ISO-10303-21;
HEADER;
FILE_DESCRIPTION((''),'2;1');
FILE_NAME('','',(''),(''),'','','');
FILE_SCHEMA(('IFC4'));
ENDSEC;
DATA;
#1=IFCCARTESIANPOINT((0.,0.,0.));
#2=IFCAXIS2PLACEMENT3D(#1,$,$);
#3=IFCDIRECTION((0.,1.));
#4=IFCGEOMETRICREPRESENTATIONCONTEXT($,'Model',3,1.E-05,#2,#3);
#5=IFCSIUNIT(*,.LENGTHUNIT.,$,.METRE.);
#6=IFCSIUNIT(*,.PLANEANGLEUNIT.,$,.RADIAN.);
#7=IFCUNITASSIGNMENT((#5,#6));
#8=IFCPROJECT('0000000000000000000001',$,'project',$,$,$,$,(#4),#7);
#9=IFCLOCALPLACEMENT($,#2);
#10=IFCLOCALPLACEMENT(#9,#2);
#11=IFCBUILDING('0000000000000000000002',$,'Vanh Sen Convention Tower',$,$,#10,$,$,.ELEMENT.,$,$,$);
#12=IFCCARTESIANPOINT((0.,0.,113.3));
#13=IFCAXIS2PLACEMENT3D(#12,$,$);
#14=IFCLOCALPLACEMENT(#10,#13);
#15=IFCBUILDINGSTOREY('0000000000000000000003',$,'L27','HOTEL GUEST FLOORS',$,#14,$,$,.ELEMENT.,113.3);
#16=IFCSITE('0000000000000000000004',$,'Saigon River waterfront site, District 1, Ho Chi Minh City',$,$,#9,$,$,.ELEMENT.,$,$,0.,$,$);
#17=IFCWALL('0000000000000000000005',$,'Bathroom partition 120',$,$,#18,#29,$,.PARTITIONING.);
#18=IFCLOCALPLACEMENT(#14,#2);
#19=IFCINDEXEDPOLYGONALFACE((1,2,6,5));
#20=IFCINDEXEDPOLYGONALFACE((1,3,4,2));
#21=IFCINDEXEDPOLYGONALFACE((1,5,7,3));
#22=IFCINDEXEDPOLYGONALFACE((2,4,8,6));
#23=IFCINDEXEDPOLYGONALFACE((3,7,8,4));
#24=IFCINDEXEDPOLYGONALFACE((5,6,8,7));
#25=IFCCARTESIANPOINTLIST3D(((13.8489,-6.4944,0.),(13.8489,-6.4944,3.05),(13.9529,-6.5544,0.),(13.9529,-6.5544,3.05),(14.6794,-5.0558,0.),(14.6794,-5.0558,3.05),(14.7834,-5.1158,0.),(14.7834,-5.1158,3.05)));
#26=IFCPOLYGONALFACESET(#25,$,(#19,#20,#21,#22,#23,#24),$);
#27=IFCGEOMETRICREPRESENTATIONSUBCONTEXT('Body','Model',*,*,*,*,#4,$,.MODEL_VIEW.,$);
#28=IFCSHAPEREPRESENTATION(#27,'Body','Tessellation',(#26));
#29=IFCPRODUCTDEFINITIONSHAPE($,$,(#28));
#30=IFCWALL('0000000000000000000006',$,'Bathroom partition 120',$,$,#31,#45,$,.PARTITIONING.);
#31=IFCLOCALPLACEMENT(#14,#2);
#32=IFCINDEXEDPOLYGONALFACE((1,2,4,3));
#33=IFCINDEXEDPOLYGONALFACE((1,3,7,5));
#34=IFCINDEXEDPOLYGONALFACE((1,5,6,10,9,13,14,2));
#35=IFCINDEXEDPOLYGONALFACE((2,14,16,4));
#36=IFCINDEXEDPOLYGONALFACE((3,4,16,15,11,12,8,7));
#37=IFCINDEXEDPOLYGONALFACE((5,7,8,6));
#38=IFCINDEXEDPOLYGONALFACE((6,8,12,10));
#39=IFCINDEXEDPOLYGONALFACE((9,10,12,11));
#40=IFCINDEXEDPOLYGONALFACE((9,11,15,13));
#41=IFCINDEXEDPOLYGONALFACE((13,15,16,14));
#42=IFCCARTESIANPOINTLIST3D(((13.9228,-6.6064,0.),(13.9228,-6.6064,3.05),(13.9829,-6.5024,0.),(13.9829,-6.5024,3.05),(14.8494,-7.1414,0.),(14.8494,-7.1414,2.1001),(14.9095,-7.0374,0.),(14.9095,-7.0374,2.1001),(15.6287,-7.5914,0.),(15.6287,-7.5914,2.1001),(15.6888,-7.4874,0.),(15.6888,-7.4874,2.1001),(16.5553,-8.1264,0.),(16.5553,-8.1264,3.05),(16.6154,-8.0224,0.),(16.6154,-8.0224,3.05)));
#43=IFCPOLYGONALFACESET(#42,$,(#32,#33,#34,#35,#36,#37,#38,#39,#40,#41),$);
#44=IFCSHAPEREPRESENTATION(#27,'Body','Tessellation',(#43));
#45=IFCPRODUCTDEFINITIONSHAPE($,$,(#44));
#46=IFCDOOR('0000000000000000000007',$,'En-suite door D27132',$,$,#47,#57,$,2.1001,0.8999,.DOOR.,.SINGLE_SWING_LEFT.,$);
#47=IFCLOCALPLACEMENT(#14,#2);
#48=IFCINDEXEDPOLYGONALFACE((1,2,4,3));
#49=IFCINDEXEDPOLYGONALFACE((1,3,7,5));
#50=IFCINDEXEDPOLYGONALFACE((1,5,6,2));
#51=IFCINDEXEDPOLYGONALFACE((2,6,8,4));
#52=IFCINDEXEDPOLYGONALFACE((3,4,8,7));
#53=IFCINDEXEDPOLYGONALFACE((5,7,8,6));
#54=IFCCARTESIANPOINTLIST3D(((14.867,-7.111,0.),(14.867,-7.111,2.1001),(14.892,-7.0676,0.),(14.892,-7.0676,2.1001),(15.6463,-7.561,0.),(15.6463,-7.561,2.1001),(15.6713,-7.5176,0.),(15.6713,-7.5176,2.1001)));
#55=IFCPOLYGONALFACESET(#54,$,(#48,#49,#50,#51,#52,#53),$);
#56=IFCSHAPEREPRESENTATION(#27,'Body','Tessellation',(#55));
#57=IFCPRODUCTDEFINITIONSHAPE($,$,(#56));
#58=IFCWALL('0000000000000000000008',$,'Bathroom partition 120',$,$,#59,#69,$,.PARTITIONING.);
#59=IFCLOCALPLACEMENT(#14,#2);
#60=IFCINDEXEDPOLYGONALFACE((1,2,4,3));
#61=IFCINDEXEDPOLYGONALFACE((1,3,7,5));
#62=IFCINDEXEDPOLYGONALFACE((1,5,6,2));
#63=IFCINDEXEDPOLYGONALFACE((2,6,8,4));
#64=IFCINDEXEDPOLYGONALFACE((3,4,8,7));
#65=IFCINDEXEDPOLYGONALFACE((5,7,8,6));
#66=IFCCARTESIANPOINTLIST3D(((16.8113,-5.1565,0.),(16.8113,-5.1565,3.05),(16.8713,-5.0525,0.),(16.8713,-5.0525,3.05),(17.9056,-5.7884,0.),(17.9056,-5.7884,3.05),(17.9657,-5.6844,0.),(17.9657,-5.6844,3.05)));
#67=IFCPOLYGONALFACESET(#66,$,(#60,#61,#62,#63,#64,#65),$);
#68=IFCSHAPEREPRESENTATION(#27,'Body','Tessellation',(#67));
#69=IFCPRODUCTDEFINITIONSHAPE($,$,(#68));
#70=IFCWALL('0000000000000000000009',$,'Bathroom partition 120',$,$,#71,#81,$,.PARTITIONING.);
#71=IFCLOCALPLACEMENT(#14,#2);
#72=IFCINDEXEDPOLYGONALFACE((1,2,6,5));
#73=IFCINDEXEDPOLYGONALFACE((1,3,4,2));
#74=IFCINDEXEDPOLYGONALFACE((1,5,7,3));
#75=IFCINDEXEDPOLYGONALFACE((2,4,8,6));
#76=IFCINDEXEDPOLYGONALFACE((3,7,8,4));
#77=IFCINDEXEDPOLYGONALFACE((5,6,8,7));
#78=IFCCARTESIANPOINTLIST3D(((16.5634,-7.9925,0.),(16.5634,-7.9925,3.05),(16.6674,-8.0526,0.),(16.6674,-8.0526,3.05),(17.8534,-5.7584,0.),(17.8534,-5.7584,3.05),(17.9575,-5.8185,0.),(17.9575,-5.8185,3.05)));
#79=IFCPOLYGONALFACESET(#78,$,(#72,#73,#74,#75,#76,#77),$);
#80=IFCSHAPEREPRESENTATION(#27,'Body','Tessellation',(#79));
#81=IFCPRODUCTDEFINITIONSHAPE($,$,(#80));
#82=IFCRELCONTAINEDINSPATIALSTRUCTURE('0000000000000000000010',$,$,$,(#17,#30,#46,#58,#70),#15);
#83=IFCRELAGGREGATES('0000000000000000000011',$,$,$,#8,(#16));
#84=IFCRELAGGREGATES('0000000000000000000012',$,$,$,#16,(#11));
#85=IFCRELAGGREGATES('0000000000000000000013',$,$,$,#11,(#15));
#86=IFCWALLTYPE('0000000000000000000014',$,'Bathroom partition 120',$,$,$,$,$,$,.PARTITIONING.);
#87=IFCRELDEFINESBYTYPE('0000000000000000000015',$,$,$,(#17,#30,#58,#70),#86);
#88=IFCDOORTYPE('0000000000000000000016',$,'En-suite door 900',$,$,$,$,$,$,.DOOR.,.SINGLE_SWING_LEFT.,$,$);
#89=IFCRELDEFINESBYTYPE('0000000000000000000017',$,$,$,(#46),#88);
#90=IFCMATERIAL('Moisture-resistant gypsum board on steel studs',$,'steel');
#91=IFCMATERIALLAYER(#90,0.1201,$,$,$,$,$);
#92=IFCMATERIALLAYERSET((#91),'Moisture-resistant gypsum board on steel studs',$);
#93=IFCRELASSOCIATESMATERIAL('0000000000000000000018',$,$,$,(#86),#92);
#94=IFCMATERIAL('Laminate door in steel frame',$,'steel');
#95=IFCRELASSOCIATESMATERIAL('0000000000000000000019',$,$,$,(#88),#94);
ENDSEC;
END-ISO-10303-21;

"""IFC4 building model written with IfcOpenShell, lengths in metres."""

from ifc_helpers import new_model, si_unit, direction, frame, frame_2d, origin, place, context, subcontext, project, spatial, rectangle, extrude, material, layer, layer_set, type_object, element, fill, save


model = new_model("IFC4")

# Units and contexts
model_context = context("Model", 3, precision=1e-05, world=origin(), true_north=direction((0.0, 1.0)))
body_context = subcontext(model_context, "Body", "Model", "MODEL_VIEW")
ifc_project = project(units=[si_unit("LENGTHUNIT", "METRE"), si_unit("PLANEANGLEUNIT", "RADIAN")], contexts=[model_context])

# Site, building, storey
site_placement = place(None, origin())
site = spatial("IfcSite", under=ifc_project, at=site_placement, Name="Saigon River waterfront site, District 1, Ho Chi Minh City", CompositionType="ELEMENT", RefElevation=0.0)
building_placement = place(site_placement, origin())
building = spatial("IfcBuilding", under=site, at=building_placement, Name="Vanh Sen Convention Tower", CompositionType="ELEMENT")
storey_placement = place(building_placement, frame((0.0, 0.0, 113.3)))
storey = spatial("IfcBuildingStorey", under=building, at=storey_placement, Name="L27", Description="HOTEL GUEST FLOORS", CompositionType="ELEMENT", Elevation=113.3)

# Wall
ifc_material_1 = material(Name="Moisture-resistant gypsum board on steel studs", Category="steel")
ifc_layer_1 = layer(ifc_material_1, 0.1201)
ifc_layer_set_1 = layer_set([ifc_layer_1], Name="Moisture-resistant gypsum board on steel studs")
wall_type_1 = type_object("IfcWallType", Name="Bathroom partition 120", PredefinedType="PARTITIONING", material=ifc_layer_set_1)
wall_1_placement = place(storey_placement, frame((13.9009, -6.5244, 0.0), z_axis=(0.0, 0.0, 1.0), x_axis=(0.499964, 0.866046, 0.0)))
element("IfcWall", 1, at=wall_1_placement, inside=storey, type_object=wall_type_1, Name="Bathroom partition 120", PredefinedType="PARTITIONING", context=body_context, shape_type="SweptSolid", body=[
    extrude(rectangle(XDim=1.6611, YDim=0.1201, at=frame_2d((0.8306, 0.0))), origin(), (0.0, 0.0, 1.0), 3.05),
])

# Wall, opening, door
wall_2_placement = place(storey_placement, frame((16.5854, -8.0745, 0.0), z_axis=(0.0, 0.0, 1.0), x_axis=(-0.86601, 0.500026, 0.0)))
wall_2 = element("IfcWall", 2, at=wall_2_placement, inside=storey, type_object=wall_type_1, Name="Bathroom partition 120", PredefinedType="PARTITIONING", context=body_context, shape_type="SweptSolid", body=[
    extrude(rectangle(XDim=3.0398, YDim=0.1201, at=frame_2d((1.52, 0.0))), origin(), (0.0, 0.0, 1.0), 3.05),
])
opening_1_placement = place(wall_2_placement, frame((1.0701, 0.0, 0.0)))
opening_1 = element("IfcOpeningElement", 3, at=opening_1_placement, cuts=wall_2, PredefinedType="OPENING", context=body_context, shape_type="SweptSolid", body=[
    extrude(rectangle(XDim=0.8999, YDim=2.1001, at=frame_2d((0.45, 1.05))), frame((0.0, 0.0701, 0.0), z_axis=(0.0, -1.0, 0.0), x_axis=(1.0, 0.0, 0.0)), (0.0, 0.0, 1.0), 0.1401),
])
ifc_material_2 = material(Name="Laminate door in steel frame", Category="steel")
door_type = type_object("IfcDoorType", Name="En-suite door 900", OperationType="SINGLE_SWING_LEFT", PredefinedType="DOOR", material=ifc_material_2)
door_placement = place(opening_1_placement, origin())
door = element("IfcDoor", 4, at=door_placement, inside=storey, type_object=door_type, Name="En-suite door D27132", OperationType="SINGLE_SWING_LEFT", OverallHeight=2.1001, OverallWidth=0.8999, PredefinedType="DOOR", context=body_context, shape_type="SweptSolid", body=[
    extrude(rectangle(XDim=0.8999, YDim=2.1001, at=frame_2d((0.45, 1.05))), frame((0.0, 0.0249, 0.0), z_axis=(0.0, -1.0, 0.0), x_axis=(1.0, 0.0, 0.0)), (0.0, 0.0, 1.0), 0.05),
])
fill(opening_1, door)

# Walls
wall_3_placement = place(storey_placement, frame((16.8413, -5.1045, 0.0), z_axis=(0.0, 0.0, 1.0), x_axis=(0.865999, -0.500046, 0.0)))
element("IfcWall", 5, at=wall_3_placement, inside=storey, type_object=wall_type_1, Name="Bathroom partition 120", PredefinedType="PARTITIONING", context=body_context, shape_type="SweptSolid", body=[
    extrude(rectangle(XDim=1.2637, YDim=0.1201, at=frame_2d((0.6318, 0.0))), origin(), (0.0, 0.0, 1.0), 3.05),
])
wall_4_placement = place(storey_placement, frame((17.9055, -5.7883, 0.0), z_axis=(0.0, 0.0, 1.0), x_axis=(-0.500047, -0.865998, 0.0)))
element("IfcWall", 6, at=wall_4_placement, inside=storey, type_object=wall_type_1, Name="Bathroom partition 120", PredefinedType="PARTITIONING", context=body_context, shape_type="SweptSolid", body=[
    extrude(rectangle(XDim=2.5798, YDim=0.1201, at=frame_2d((1.29, 0.0))), origin(), (0.0, 0.0, 1.0), 3.05),
])

save(model, "model.ifc")
